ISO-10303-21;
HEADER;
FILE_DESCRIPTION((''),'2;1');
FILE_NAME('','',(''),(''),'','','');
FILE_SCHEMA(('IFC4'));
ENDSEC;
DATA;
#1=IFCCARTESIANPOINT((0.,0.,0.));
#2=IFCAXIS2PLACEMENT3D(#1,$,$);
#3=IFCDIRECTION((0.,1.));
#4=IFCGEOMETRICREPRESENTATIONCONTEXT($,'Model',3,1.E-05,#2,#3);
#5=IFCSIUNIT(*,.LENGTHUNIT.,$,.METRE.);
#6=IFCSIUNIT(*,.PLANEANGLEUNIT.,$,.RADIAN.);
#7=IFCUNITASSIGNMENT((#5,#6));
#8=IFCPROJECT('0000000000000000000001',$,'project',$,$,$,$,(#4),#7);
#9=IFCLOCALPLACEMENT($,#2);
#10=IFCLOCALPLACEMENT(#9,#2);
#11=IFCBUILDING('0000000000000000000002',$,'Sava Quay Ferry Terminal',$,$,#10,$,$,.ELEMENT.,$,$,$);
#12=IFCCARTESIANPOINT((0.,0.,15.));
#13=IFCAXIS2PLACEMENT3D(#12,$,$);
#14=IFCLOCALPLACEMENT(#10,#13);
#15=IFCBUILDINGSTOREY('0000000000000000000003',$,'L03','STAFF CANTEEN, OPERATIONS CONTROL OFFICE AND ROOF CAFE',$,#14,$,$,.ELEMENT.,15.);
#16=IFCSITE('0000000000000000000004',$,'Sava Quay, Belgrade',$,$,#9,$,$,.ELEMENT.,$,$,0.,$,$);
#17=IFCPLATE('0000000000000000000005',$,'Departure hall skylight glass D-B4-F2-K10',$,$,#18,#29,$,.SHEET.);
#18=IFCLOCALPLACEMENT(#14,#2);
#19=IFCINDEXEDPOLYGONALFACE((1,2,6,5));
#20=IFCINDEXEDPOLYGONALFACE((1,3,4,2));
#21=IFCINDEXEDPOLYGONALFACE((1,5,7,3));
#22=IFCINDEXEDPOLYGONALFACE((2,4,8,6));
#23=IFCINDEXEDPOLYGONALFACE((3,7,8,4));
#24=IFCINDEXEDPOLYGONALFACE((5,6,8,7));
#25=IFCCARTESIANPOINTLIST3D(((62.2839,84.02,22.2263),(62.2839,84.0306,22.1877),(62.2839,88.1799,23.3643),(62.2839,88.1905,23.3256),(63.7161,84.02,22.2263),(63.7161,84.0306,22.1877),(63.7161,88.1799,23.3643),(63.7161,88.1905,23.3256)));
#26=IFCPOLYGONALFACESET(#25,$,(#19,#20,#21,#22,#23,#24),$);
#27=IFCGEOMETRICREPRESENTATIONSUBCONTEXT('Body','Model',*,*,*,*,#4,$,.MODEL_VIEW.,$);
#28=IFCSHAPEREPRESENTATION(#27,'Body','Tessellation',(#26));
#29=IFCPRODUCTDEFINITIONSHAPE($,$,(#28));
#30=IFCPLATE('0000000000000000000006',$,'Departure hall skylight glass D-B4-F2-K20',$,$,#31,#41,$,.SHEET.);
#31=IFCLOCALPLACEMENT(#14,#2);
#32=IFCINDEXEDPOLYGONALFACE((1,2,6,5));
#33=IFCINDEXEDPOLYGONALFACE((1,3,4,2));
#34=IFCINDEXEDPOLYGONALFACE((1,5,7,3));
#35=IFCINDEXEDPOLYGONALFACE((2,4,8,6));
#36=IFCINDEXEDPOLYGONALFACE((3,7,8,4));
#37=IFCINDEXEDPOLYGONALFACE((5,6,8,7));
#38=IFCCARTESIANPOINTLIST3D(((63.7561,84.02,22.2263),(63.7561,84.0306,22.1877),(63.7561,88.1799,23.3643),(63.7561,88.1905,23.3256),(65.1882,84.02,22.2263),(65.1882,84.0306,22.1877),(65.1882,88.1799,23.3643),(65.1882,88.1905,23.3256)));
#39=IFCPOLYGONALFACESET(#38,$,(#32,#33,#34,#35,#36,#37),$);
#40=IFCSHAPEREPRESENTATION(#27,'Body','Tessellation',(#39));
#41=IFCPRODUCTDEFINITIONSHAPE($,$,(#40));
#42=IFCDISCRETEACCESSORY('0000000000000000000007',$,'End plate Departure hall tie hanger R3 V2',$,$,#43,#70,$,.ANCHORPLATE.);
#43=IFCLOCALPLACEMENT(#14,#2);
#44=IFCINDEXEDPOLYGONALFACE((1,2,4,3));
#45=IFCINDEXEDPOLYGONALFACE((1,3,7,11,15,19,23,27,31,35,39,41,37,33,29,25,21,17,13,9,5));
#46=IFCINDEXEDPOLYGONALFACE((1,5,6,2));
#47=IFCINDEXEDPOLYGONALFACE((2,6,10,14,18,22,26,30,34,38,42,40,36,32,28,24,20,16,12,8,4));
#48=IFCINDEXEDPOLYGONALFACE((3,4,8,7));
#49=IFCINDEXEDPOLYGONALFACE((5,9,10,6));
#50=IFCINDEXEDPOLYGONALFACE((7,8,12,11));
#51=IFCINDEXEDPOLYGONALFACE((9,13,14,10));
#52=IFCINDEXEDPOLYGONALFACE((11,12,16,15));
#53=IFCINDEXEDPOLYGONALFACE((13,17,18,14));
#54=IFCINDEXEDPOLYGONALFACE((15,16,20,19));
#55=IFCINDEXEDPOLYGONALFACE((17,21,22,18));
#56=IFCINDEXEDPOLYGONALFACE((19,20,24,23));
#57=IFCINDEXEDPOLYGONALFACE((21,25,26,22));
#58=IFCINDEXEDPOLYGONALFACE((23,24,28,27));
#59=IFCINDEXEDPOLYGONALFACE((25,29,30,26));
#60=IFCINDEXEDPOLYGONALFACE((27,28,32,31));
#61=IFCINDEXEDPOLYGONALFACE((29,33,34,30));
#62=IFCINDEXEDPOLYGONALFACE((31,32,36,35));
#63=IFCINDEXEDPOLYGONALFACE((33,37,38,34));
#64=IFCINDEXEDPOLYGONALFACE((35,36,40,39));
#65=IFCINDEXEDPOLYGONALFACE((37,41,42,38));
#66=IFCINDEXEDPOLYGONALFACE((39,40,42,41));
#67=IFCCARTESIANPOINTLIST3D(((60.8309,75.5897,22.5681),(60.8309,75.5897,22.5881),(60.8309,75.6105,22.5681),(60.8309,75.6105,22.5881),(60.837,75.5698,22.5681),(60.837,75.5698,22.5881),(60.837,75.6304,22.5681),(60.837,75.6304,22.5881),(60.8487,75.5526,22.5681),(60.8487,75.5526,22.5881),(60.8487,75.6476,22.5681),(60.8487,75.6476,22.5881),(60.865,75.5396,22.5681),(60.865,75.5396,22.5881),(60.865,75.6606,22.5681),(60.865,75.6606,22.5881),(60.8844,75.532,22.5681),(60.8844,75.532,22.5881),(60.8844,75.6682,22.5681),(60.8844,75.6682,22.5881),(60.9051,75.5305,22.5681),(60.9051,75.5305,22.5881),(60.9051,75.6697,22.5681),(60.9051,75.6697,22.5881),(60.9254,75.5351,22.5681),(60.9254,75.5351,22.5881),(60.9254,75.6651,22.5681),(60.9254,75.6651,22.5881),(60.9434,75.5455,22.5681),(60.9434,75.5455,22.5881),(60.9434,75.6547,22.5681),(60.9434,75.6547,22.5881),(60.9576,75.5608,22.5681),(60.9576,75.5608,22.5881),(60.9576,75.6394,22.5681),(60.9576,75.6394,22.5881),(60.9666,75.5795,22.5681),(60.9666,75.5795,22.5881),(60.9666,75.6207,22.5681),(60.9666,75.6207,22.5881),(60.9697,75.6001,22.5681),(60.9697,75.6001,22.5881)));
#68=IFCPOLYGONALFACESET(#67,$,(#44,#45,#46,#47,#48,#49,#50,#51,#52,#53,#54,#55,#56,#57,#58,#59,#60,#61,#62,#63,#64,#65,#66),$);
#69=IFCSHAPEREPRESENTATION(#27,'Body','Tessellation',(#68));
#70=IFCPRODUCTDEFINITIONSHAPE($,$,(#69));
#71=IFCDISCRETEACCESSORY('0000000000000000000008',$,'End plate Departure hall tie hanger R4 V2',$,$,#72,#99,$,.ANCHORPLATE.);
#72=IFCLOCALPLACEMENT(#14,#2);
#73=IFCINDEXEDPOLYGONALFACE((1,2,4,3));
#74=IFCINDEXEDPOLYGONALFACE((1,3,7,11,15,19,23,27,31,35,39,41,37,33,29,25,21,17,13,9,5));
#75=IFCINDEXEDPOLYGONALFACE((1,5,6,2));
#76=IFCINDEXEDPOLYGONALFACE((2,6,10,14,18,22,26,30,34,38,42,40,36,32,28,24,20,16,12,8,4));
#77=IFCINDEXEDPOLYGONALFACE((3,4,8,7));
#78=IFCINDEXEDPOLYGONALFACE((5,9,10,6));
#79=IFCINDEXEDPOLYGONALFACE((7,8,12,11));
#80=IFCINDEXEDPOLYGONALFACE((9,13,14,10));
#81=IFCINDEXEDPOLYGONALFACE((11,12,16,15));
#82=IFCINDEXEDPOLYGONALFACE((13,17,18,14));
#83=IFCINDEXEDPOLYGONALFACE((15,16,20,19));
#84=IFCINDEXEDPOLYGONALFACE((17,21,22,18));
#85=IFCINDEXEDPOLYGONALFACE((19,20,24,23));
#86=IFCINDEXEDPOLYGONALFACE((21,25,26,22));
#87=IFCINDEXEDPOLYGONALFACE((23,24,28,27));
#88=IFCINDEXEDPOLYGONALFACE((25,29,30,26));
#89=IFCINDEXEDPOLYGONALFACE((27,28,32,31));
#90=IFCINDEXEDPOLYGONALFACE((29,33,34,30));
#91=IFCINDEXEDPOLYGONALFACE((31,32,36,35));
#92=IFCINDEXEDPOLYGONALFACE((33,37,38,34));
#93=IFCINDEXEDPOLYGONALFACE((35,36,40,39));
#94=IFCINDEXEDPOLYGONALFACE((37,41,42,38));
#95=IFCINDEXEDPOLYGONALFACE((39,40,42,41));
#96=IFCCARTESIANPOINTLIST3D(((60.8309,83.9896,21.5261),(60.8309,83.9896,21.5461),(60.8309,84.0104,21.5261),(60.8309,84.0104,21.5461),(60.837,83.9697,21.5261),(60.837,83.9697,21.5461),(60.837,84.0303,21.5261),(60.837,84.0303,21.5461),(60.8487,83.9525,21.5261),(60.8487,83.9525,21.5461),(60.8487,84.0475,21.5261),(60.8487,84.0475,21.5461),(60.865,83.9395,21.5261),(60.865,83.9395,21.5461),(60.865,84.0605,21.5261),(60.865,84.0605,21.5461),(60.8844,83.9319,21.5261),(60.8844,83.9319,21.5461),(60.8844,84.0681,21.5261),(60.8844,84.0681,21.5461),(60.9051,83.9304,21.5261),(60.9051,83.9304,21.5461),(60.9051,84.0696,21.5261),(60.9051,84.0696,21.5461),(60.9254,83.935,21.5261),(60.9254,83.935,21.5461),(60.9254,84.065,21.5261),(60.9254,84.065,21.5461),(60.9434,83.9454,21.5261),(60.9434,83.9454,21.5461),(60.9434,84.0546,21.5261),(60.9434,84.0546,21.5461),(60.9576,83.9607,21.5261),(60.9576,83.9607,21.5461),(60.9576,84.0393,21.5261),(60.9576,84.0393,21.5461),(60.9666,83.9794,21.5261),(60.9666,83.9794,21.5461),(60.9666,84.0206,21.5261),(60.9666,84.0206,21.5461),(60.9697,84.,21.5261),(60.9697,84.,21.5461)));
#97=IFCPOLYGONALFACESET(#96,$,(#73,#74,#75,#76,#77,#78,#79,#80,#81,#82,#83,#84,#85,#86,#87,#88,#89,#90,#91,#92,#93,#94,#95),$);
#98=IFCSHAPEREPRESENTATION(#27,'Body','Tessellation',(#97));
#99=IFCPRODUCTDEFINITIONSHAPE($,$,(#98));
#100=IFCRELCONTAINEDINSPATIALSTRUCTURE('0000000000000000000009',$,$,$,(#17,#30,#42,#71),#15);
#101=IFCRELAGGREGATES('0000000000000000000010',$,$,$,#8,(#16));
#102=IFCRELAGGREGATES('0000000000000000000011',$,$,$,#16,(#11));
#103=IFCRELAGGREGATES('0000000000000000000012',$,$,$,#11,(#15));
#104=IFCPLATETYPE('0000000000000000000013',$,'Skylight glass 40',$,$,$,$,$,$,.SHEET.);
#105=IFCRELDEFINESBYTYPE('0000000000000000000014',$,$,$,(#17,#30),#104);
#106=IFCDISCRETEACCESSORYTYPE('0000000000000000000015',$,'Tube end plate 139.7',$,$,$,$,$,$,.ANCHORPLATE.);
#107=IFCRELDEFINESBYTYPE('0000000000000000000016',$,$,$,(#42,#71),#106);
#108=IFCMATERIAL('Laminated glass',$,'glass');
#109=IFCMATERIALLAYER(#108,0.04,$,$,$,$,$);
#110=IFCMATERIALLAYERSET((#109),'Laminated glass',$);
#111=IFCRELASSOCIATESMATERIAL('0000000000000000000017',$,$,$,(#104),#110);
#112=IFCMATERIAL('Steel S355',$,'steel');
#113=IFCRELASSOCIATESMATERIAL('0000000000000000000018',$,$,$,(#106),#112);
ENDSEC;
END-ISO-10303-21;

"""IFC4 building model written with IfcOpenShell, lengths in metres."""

from ifc_helpers import new_model, si_unit, direction, frame, origin, origin_2d, place, context, subcontext, project, spatial, polyline, circle, outline, extrude, material, layer, layer_set, material_profile, profile_set, type_object, element, save


model = new_model("IFC4")

# Units and contexts
model_context = context("Model", 3, precision=1e-05, world=origin(), true_north=direction((0.0, 1.0)))
body_context = subcontext(model_context, "Body", "Model", "MODEL_VIEW")
ifc_project = project(units=[si_unit("LENGTHUNIT", "METRE"), si_unit("PLANEANGLEUNIT", "RADIAN")], contexts=[model_context])

# Site, building, storey
site_placement = place(None, origin())
site = spatial("IfcSite", under=ifc_project, at=site_placement, Name="Sava Quay, Belgrade", CompositionType="ELEMENT", RefElevation=0.0)
building_placement = place(site_placement, origin())
building = spatial("IfcBuilding", under=site, at=building_placement, Name="Sava Quay Ferry Terminal", CompositionType="ELEMENT")
storey_placement = place(building_placement, frame((0.0, 0.0, 15.0)))
storey = spatial("IfcBuildingStorey", under=building, at=storey_placement, Name="L03", Description="STAFF CANTEEN, OPERATIONS CONTROL OFFICE AND ROOF CAFE", CompositionType="ELEMENT", Elevation=15.0)

# Plates
ifc_material_1 = material(Name="Laminated glass", Category="glass")
ifc_layer = layer(ifc_material_1, 0.04)
ifc_layer_set = layer_set([ifc_layer], Name="Laminated glass")
plate_type = type_object("IfcPlateType", Name="Skylight glass 40", PredefinedType="SHEET", material=ifc_layer_set)
for number, where, z_axis, x_axis, name in (
    (1, (62.2839, 84.02, 22.2263), (0.0, -0.263855, 0.964562), (0.0, 0.964562, 0.263855), "Departure hall skylight glass D-B4-F2-K10"),
    (2, (63.7561, 84.02, 22.2263), (0.0, -0.263855, 0.964562), (0.0, 0.964562, 0.263855), "Departure hall skylight glass D-B4-F2-K20"),
):
    element("IfcPlate", number, at=place(storey_placement, frame(where, z_axis=z_axis, x_axis=x_axis)), inside=storey, type_object=plate_type, Name=name, PredefinedType="SHEET", context=body_context, shape_type="SweptSolid", body=[
        extrude(outline(polyline([(0.0, 0.0), (4.3127, 0.0), (4.3127, -1.4321), (0.0, -1.4321), (0.0, 0.0)])), origin(), (0.0, 0.0, -1.0), 0.04),
    ])

# Discrete accessories
ifc_material_2 = material(Name="Steel S355", Category="steel")
ifc_material_profile_1 = material_profile(ifc_material_2, circle(Radius=0.0698, at=origin_2d()), Name="Plate 139.7 dia x 20")
ifc_profile_set_1 = profile_set([ifc_material_profile_1], Name="Steel S355")
discrete_accessory_type = type_object("IfcDiscreteAccessoryType", Name="Tube end plate 139.7", PredefinedType="ANCHORPLATE", material=ifc_profile_set_1)
for number, where, z_axis, x_axis, name in (
    (3, (60.8999, 75.6001, 22.5681), (0.0, 0.0, 1.0), (1.0, 0.0, 0.0), "End plate Departure hall tie hanger R3 V2"),
    (4, (60.8999, 84.0, 21.5261), (0.0, 0.0, 1.0), (1.0, 0.0, 0.0), "End plate Departure hall tie hanger R4 V2"),
):
    element("IfcDiscreteAccessory", number, at=place(storey_placement, frame(where, z_axis=z_axis, x_axis=x_axis)), inside=storey, type_object=discrete_accessory_type, Name=name, PredefinedType="ANCHORPLATE", context=body_context, shape_type="SweptSolid", body=[
        extrude(circle(Radius=0.0698, at=origin_2d()), origin(), (0.0, 0.0, 1.0), 0.02),
    ])

save(model, "model.ifc")
